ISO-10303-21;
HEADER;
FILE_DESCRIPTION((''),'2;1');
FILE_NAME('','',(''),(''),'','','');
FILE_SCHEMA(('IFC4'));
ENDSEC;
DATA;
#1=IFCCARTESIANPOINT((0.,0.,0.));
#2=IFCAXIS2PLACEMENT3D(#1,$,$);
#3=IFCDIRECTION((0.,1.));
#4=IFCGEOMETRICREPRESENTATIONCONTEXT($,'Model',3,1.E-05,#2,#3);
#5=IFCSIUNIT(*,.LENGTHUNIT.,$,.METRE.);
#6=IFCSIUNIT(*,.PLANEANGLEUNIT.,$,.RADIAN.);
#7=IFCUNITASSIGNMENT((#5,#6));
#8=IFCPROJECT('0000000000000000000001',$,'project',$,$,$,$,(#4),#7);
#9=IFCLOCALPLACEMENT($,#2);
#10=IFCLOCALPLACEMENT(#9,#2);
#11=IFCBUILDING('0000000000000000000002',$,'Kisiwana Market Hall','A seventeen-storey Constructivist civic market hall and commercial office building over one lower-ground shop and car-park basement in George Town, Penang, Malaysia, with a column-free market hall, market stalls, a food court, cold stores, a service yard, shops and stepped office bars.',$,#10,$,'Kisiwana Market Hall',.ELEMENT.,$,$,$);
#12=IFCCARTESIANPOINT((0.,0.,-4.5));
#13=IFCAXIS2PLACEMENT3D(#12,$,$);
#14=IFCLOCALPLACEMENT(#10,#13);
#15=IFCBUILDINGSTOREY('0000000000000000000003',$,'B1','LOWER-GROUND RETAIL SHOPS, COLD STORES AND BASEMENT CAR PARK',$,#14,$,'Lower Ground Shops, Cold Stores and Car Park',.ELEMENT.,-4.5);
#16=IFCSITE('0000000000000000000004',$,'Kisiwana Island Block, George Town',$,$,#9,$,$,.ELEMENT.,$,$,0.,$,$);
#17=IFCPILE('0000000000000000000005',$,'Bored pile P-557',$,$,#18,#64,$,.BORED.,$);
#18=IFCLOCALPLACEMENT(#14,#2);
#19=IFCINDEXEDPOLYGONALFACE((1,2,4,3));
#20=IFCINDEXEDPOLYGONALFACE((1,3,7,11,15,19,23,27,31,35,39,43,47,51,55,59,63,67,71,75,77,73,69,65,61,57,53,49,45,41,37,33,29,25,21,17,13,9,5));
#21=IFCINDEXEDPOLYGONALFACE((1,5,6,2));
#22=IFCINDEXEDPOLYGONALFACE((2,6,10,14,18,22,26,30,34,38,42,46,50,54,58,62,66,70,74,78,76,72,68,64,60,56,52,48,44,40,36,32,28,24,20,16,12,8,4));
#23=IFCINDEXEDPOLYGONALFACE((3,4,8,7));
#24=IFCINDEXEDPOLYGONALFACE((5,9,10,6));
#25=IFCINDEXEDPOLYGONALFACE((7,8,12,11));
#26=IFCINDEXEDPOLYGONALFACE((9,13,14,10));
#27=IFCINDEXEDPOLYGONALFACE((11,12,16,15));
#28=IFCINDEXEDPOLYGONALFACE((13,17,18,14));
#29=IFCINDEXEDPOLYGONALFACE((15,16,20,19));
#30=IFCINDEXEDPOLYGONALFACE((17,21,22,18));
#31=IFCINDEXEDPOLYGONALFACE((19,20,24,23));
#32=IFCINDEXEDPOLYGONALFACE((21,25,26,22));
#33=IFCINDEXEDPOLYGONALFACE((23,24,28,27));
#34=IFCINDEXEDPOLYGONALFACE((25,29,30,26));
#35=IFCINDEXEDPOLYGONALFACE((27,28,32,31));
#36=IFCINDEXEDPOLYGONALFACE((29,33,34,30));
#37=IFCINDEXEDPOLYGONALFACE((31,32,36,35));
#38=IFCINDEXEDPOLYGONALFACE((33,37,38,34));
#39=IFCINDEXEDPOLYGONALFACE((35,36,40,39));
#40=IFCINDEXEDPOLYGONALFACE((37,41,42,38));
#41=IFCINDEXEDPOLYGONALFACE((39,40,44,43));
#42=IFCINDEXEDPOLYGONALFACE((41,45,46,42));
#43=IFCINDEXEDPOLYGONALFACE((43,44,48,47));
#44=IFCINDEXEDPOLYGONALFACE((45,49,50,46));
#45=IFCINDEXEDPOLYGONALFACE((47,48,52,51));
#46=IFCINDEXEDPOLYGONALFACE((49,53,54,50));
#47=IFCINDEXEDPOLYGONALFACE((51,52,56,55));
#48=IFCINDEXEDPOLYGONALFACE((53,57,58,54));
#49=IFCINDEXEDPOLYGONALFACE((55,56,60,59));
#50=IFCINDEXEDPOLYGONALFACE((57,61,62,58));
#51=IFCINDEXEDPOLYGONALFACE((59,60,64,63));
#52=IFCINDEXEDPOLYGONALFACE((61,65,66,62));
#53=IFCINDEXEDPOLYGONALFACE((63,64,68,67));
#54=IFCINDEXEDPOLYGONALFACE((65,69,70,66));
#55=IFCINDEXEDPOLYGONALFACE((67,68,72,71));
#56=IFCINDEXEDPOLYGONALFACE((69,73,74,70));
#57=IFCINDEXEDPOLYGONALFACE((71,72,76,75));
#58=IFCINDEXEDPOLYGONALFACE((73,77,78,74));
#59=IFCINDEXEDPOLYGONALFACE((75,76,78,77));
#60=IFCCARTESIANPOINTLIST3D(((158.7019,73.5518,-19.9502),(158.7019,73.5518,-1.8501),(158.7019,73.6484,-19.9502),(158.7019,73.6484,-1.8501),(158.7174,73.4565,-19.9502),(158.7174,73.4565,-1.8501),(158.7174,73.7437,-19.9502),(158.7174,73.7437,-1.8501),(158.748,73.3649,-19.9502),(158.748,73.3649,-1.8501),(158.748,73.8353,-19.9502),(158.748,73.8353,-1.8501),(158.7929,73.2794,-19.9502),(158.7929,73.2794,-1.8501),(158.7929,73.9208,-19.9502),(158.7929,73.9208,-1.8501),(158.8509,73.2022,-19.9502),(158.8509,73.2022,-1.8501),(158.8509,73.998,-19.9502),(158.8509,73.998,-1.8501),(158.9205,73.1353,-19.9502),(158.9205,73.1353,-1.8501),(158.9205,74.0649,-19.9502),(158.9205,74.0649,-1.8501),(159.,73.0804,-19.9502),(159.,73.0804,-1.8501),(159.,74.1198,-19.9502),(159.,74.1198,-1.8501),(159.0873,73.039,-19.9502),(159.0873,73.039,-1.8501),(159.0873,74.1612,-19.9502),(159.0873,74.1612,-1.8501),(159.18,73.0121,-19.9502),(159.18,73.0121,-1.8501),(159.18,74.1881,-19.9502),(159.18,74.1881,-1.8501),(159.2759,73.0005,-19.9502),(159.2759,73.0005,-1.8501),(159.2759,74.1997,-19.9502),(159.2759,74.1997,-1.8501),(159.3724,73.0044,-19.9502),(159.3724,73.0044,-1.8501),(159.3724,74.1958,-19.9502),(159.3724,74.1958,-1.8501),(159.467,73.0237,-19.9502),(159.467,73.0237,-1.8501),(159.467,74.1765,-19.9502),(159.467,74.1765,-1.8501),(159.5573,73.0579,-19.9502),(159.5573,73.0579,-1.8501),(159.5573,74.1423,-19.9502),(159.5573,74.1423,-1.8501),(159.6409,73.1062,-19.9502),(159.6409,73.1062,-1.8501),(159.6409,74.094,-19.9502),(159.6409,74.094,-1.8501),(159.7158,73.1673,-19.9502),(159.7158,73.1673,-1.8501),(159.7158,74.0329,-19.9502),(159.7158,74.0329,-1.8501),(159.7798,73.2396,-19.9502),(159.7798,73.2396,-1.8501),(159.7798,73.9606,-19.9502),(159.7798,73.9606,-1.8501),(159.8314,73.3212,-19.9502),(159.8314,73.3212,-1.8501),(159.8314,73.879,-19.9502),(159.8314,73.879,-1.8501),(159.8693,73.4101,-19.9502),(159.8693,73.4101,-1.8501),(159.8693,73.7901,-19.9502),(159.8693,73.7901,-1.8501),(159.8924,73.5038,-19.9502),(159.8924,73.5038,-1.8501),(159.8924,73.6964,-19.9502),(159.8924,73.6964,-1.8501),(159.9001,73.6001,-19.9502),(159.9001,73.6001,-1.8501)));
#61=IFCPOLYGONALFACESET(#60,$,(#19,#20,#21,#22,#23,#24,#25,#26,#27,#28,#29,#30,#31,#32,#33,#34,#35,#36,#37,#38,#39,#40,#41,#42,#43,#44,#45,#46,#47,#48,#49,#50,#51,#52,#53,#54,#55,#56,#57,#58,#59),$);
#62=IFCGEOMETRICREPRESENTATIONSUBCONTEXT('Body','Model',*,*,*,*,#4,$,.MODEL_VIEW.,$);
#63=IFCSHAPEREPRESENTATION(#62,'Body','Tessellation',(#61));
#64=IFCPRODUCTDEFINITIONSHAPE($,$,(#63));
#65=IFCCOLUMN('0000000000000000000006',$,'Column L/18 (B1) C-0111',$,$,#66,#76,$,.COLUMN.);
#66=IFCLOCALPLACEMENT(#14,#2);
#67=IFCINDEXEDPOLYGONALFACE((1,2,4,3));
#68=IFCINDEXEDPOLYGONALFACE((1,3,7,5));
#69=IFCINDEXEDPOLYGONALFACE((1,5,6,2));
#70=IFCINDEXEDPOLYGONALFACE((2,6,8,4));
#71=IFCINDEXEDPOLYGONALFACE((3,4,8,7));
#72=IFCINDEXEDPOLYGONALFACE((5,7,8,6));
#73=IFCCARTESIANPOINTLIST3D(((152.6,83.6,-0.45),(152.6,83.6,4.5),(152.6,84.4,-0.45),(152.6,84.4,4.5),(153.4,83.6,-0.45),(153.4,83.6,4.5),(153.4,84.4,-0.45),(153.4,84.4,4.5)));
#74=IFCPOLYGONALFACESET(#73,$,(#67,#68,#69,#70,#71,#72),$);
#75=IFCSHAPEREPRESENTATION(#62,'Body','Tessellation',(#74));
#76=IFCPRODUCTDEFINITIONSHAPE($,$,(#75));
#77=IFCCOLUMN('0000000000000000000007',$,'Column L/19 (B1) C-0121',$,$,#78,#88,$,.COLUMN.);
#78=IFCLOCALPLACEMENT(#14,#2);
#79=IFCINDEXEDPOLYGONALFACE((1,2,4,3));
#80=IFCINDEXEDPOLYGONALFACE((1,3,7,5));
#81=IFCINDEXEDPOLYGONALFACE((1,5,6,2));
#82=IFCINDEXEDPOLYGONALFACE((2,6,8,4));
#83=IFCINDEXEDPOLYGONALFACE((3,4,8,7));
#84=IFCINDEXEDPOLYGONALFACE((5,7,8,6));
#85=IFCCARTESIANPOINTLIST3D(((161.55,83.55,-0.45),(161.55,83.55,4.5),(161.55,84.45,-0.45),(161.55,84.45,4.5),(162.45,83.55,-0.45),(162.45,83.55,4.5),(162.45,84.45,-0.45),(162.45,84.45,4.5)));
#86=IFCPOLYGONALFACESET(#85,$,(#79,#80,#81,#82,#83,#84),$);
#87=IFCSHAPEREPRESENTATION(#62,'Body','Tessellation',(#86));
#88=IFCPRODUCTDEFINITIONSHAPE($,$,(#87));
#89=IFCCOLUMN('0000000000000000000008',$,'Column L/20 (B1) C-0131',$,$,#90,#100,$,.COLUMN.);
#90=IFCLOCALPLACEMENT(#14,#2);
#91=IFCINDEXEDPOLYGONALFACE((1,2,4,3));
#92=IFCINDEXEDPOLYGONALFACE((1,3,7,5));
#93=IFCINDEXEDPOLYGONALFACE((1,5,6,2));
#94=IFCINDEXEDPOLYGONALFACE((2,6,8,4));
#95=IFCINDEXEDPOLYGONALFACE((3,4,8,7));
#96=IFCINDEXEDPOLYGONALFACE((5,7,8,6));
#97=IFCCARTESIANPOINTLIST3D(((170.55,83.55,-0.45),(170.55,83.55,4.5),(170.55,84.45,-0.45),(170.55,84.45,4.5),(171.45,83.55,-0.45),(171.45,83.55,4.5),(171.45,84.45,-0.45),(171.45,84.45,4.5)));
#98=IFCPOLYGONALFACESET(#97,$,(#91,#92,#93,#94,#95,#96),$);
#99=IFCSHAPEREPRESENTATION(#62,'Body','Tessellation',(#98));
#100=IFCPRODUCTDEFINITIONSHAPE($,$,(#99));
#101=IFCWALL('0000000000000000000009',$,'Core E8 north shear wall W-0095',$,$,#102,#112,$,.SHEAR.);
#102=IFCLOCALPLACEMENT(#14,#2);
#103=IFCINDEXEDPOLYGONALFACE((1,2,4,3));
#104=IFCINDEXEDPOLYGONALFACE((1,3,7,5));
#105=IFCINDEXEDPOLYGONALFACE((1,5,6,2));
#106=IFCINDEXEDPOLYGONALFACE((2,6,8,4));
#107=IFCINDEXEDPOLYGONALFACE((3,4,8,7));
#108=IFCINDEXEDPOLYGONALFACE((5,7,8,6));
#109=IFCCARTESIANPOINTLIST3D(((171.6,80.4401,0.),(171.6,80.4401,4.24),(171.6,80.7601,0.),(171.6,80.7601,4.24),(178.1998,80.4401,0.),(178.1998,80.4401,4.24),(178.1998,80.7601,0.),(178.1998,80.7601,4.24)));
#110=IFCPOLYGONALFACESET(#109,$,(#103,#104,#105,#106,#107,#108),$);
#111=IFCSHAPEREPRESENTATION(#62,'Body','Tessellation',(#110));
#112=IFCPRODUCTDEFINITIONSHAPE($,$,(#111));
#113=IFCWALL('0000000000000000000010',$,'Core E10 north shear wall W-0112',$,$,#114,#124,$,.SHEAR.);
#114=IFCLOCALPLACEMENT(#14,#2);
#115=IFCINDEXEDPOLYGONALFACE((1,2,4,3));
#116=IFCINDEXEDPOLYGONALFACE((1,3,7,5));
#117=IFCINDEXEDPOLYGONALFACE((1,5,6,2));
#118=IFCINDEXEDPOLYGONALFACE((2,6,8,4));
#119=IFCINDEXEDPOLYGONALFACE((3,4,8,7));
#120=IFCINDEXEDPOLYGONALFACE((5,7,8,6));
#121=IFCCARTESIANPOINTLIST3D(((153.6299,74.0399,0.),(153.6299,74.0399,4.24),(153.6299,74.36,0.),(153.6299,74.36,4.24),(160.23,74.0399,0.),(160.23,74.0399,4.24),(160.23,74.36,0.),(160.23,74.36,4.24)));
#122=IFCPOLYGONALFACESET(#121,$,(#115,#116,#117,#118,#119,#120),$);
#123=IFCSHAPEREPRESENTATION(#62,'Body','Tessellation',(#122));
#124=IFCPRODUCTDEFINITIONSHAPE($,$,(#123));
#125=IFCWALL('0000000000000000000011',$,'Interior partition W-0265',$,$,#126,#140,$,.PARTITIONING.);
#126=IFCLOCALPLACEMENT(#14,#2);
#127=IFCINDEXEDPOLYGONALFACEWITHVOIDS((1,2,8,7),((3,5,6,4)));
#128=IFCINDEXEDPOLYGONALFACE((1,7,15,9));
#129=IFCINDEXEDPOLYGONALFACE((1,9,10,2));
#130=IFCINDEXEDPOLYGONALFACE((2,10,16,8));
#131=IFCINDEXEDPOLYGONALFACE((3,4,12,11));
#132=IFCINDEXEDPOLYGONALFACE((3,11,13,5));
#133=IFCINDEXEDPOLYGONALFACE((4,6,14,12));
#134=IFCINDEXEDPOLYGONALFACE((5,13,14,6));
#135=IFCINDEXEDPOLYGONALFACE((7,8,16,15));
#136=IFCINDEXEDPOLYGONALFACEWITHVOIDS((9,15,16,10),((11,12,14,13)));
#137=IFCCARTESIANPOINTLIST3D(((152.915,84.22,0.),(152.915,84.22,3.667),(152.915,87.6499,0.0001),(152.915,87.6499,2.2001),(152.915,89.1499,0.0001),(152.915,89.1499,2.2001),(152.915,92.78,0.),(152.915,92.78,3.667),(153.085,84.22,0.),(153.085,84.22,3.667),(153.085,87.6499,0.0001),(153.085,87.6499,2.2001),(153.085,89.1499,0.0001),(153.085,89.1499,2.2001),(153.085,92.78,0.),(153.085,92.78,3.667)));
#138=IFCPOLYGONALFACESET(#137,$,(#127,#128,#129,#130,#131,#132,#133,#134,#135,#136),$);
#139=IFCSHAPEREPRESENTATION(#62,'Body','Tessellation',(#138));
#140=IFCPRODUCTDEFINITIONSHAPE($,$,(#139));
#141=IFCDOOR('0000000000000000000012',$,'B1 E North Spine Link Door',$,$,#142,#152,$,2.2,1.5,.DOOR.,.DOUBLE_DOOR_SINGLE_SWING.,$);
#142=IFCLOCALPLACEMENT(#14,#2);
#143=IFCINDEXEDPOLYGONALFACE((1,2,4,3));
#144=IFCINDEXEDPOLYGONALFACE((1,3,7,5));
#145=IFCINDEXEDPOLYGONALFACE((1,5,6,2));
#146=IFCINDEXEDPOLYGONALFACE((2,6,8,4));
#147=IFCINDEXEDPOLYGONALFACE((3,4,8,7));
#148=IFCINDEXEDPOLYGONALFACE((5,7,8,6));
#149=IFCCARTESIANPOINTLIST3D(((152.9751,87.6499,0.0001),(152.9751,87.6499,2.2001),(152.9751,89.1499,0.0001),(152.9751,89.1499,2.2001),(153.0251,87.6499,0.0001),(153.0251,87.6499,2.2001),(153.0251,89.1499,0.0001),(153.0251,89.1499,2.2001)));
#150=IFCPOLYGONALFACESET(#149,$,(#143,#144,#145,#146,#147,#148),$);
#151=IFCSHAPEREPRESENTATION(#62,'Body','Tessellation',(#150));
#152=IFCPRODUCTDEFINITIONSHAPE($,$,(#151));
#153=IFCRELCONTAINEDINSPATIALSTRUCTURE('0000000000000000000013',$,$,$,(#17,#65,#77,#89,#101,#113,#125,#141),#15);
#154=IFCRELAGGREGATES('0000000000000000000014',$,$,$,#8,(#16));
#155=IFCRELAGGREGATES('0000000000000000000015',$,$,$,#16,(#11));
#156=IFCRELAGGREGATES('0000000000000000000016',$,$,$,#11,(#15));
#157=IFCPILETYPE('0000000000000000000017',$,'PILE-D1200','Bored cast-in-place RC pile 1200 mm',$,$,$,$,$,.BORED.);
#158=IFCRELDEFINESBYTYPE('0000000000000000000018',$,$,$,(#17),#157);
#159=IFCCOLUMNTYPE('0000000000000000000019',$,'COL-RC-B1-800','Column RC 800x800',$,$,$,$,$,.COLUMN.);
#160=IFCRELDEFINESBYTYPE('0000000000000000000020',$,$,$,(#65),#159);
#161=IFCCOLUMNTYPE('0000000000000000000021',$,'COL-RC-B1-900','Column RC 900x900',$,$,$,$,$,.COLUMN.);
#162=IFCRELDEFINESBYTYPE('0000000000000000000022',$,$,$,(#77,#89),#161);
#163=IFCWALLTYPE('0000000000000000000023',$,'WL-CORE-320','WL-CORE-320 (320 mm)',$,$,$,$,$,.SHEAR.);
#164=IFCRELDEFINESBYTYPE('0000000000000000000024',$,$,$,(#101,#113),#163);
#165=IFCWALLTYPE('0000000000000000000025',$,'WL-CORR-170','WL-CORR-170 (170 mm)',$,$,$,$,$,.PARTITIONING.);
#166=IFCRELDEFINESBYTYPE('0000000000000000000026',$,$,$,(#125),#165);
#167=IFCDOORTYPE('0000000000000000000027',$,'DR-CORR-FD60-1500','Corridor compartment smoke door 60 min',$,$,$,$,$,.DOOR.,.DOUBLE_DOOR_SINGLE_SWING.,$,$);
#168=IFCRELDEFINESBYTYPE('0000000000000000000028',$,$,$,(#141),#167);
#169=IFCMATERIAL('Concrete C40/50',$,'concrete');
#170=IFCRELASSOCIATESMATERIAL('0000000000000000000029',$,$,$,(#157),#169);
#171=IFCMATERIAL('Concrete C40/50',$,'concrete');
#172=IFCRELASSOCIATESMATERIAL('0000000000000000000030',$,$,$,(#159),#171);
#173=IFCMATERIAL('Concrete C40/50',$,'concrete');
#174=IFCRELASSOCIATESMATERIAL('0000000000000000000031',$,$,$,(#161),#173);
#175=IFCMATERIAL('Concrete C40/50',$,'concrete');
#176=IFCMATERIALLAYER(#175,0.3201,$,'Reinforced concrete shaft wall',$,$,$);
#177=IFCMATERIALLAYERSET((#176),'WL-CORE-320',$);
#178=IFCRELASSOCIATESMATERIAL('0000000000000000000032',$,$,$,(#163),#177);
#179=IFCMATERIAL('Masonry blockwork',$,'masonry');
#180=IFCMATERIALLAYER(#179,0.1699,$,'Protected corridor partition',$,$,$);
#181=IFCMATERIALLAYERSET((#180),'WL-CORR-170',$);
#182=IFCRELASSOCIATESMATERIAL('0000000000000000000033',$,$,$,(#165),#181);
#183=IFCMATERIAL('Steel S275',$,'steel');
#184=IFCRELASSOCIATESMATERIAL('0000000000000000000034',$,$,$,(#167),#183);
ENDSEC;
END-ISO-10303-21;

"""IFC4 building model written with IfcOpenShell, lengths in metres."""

from ifc_helpers import new_model, si_unit, direction, frame, frame_2d, origin, origin_2d, place, context, subcontext, project, spatial, rectangle, circle, extrude, material, layer, layer_set, material_profile, profile_set, type_object, element, fill, save


model = new_model("IFC4")

# Units and contexts
model_context = context("Model", 3, precision=1e-05, world=origin(), true_north=direction((0.0, 1.0)))
body_context = subcontext(model_context, "Body", "Model", "MODEL_VIEW")
ifc_project = project(units=[si_unit("LENGTHUNIT", "METRE"), si_unit("PLANEANGLEUNIT", "RADIAN")], contexts=[model_context])

# Site, building, storey
site_placement = place(None, origin())
site = spatial("IfcSite", under=ifc_project, at=site_placement, Name="Kisiwana Island Block, George Town", CompositionType="ELEMENT", RefElevation=0.0)
building_placement = place(site_placement, origin())
building = spatial("IfcBuilding", under=site, at=building_placement, Name="Kisiwana Market Hall", Description="A seventeen-storey Constructivist civic market hall and commercial office building over one lower-ground shop and car-park basement in George Town, Penang, Malaysia, with a column-free market hall, market stalls, a food court, cold stores, a service yard, shops and stepped office bars.", LongName="Kisiwana Market Hall", CompositionType="ELEMENT")
storey_placement = place(building_placement, frame((0.0, 0.0, -4.5)))
storey = spatial("IfcBuildingStorey", under=building, at=storey_placement, Name="B1", Description="LOWER-GROUND RETAIL SHOPS, COLD STORES AND BASEMENT CAR PARK", LongName="Lower Ground Shops, Cold Stores and Car Park", CompositionType="ELEMENT", Elevation=-4.5)

# Pile
ifc_material_1 = material(Name="Concrete C40/50", Category="concrete")
ifc_material_profile_1 = material_profile(ifc_material_1, circle(Radius=0.6001, at=origin_2d()), Name="BP D1200")
ifc_profile_set_1 = profile_set([ifc_material_profile_1], Name="Concrete C40/50")
pile_type_1 = type_object("IfcPileType", Name="PILE-D1200", Description="Bored cast-in-place RC pile 1200 mm", PredefinedType="BORED", material=ifc_profile_set_1)
for number, where, z_axis, x_axis, name in (
    (1, (159.3, 73.6001, -1.8501), (0.0, 0.0, -1.0), (1.0, 0.0, 0.0), "Bored pile P-557"),
):
    element("IfcPile", number, at=place(storey_placement, frame(where, z_axis=z_axis, x_axis=x_axis)), inside=storey, type_object=pile_type_1, Name=name, PredefinedType="BORED", context=body_context, shape_type="SweptSolid", body=[
        extrude(circle(Radius=0.6001, at=origin_2d()), origin(), (0.0, 0.0, 1.0), 18.1001),
    ])

# Columns
ifc_material_2 = material(Name="Concrete C40/50", Category="concrete")
ifc_material_profile_2 = material_profile(ifc_material_2, rectangle(XDim=0.8, YDim=0.8, at=origin_2d()), Name="RC 800x800")
ifc_profile_set_2 = profile_set([ifc_material_profile_2], Name="Concrete C40/50")
column_type_1 = type_object("IfcColumnType", Name="COL-RC-B1-800", Description="Column RC 800x800", PredefinedType="COLUMN", material=ifc_profile_set_2)
column_placement = place(storey_placement, frame((153.0, 84.0, -0.45), z_axis=(0.0, 0.0, 1.0), x_axis=(1.0, 0.0, 0.0)))
element("IfcColumn", 2, at=column_placement, inside=storey, type_object=column_type_1, Name="Column L/18 (B1) C-0111", PredefinedType="COLUMN", context=body_context, shape_type="SweptSolid", body=[
    extrude(rectangle(XDim=0.8, YDim=0.8, at=origin_2d()), origin(), (0.0, 0.0, 1.0), 4.95),
])
ifc_material_3 = material(Name="Concrete C40/50", Category="concrete")
ifc_material_profile_3 = material_profile(ifc_material_3, rectangle(XDim=0.8999, YDim=0.8999, at=origin_2d()), Name="RC 900x900")
ifc_profile_set_3 = profile_set([ifc_material_profile_3], Name="Concrete C40/50")
column_type_2 = type_object("IfcColumnType", Name="COL-RC-B1-900", Description="Column RC 900x900", PredefinedType="COLUMN", material=ifc_profile_set_3)
for number, where, z_axis, x_axis, name in (
    (3, (162.0, 84.0, -0.45), (0.0, 0.0, 1.0), (1.0, 0.0, 0.0), "Column L/19 (B1) C-0121"),
    (4, (171.0, 84.0, -0.45), (0.0, 0.0, 1.0), (1.0, 0.0, 0.0), "Column L/20 (B1) C-0131"),
):
    element("IfcColumn", number, at=place(storey_placement, frame(where, z_axis=z_axis, x_axis=x_axis)), inside=storey, type_object=column_type_2, Name=name, PredefinedType="COLUMN", context=body_context, shape_type="SweptSolid", body=[
        extrude(rectangle(XDim=0.8999, YDim=0.8999, at=origin_2d()), origin(), (0.0, 0.0, 1.0), 4.95),
    ])

# Walls
ifc_material_4 = material(Name="Concrete C40/50", Category="concrete")
ifc_layer_1 = layer(ifc_material_4, 0.3201, Name="Reinforced concrete shaft wall")
ifc_layer_set_1 = layer_set([ifc_layer_1], Name="WL-CORE-320")
wall_type_1 = type_object("IfcWallType", Name="WL-CORE-320", Description="WL-CORE-320 (320 mm)", PredefinedType="SHEAR", material=ifc_layer_set_1)
wall_1_placement = place(storey_placement, frame((171.6001, 80.6001, 0.0), z_axis=(0.0, 0.0, 1.0), x_axis=(1.0, 0.0, 0.0)))
element("IfcWall", 5, at=wall_1_placement, inside=storey, type_object=wall_type_1, Name="Core E8 north shear wall W-0095", PredefinedType="SHEAR", context=body_context, shape_type="SweptSolid", body=[
    extrude(rectangle(XDim=6.5999, YDim=0.3201, at=frame_2d((3.2998, 0.0))), origin(), (0.0, 0.0, 1.0), 4.24),
])
wall_2_placement = place(storey_placement, frame((153.6299, 74.2, 0.0), z_axis=(0.0, 0.0, 1.0), x_axis=(1.0, 0.0, 0.0)))
element("IfcWall", 6, at=wall_2_placement, inside=storey, type_object=wall_type_1, Name="Core E10 north shear wall W-0112", PredefinedType="SHEAR", context=body_context, shape_type="SweptSolid", body=[
    extrude(rectangle(XDim=6.6001, YDim=0.3201, at=frame_2d((3.3, 0.0))), origin(), (0.0, 0.0, 1.0), 4.24),
])

# Wall, opening, door
ifc_material_5 = material(Name="Masonry blockwork", Category="masonry")
ifc_layer_2 = layer(ifc_material_5, 0.1699, Name="Protected corridor partition")
ifc_layer_set_2 = layer_set([ifc_layer_2], Name="WL-CORR-170")
wall_type_2 = type_object("IfcWallType", Name="WL-CORR-170", Description="WL-CORR-170 (170 mm)", PredefinedType="PARTITIONING", material=ifc_layer_set_2)
wall_3_placement = place(storey_placement, frame((153.0, 84.22, 0.0), z_axis=(0.0, 0.0, 1.0), x_axis=(0.0, 1.0, 0.0)))
wall_3 = element("IfcWall", 7, at=wall_3_placement, inside=storey, type_object=wall_type_2, Name="Interior partition W-0265", PredefinedType="PARTITIONING", context=body_context, shape_type="SweptSolid", body=[
    extrude(rectangle(XDim=8.5601, YDim=0.1699, at=frame_2d((4.28, 0.0))), origin(), (0.0, 0.0, 1.0), 3.667),
])
opening_placement = place(wall_3_placement, frame((3.4299, 0.0, 0.0)))
opening = element("IfcOpeningElement", 8, at=opening_placement, cuts=wall_3, PredefinedType="OPENING", context=body_context, shape_type="SweptSolid", body=[
    extrude(rectangle(XDim=1.5, YDim=2.2, at=frame_2d((0.75, 1.1001))), frame((0.0, 0.0969, 0.0), z_axis=(0.0, -1.0, 0.0), x_axis=(1.0, 0.0, 0.0)), (0.0, 0.0, 1.0), 0.1938),
])
ifc_material_6 = material(Name="Steel S275", Category="steel")
door_type = type_object("IfcDoorType", Name="DR-CORR-FD60-1500", Description="Corridor compartment smoke door 60 min", OperationType="DOUBLE_DOOR_SINGLE_SWING", PredefinedType="DOOR", material=ifc_material_6)
door_placement = place(opening_placement, origin())
door = element("IfcDoor", 9, at=door_placement, inside=storey, type_object=door_type, Name="B1 E North Spine Link Door", OperationType="DOUBLE_DOOR_SINGLE_SWING", OverallHeight=2.2, OverallWidth=1.5, PredefinedType="DOOR", context=body_context, shape_type="SweptSolid", body=[
    extrude(rectangle(XDim=1.5, YDim=2.2, at=frame_2d((0.75, 1.1001))), frame((0.0, 0.0249, 0.0), z_axis=(0.0, -1.0, 0.0), x_axis=(1.0, 0.0, 0.0)), (0.0, 0.0, 1.0), 0.05),
])
fill(opening, door)

save(model, "model.ifc")
